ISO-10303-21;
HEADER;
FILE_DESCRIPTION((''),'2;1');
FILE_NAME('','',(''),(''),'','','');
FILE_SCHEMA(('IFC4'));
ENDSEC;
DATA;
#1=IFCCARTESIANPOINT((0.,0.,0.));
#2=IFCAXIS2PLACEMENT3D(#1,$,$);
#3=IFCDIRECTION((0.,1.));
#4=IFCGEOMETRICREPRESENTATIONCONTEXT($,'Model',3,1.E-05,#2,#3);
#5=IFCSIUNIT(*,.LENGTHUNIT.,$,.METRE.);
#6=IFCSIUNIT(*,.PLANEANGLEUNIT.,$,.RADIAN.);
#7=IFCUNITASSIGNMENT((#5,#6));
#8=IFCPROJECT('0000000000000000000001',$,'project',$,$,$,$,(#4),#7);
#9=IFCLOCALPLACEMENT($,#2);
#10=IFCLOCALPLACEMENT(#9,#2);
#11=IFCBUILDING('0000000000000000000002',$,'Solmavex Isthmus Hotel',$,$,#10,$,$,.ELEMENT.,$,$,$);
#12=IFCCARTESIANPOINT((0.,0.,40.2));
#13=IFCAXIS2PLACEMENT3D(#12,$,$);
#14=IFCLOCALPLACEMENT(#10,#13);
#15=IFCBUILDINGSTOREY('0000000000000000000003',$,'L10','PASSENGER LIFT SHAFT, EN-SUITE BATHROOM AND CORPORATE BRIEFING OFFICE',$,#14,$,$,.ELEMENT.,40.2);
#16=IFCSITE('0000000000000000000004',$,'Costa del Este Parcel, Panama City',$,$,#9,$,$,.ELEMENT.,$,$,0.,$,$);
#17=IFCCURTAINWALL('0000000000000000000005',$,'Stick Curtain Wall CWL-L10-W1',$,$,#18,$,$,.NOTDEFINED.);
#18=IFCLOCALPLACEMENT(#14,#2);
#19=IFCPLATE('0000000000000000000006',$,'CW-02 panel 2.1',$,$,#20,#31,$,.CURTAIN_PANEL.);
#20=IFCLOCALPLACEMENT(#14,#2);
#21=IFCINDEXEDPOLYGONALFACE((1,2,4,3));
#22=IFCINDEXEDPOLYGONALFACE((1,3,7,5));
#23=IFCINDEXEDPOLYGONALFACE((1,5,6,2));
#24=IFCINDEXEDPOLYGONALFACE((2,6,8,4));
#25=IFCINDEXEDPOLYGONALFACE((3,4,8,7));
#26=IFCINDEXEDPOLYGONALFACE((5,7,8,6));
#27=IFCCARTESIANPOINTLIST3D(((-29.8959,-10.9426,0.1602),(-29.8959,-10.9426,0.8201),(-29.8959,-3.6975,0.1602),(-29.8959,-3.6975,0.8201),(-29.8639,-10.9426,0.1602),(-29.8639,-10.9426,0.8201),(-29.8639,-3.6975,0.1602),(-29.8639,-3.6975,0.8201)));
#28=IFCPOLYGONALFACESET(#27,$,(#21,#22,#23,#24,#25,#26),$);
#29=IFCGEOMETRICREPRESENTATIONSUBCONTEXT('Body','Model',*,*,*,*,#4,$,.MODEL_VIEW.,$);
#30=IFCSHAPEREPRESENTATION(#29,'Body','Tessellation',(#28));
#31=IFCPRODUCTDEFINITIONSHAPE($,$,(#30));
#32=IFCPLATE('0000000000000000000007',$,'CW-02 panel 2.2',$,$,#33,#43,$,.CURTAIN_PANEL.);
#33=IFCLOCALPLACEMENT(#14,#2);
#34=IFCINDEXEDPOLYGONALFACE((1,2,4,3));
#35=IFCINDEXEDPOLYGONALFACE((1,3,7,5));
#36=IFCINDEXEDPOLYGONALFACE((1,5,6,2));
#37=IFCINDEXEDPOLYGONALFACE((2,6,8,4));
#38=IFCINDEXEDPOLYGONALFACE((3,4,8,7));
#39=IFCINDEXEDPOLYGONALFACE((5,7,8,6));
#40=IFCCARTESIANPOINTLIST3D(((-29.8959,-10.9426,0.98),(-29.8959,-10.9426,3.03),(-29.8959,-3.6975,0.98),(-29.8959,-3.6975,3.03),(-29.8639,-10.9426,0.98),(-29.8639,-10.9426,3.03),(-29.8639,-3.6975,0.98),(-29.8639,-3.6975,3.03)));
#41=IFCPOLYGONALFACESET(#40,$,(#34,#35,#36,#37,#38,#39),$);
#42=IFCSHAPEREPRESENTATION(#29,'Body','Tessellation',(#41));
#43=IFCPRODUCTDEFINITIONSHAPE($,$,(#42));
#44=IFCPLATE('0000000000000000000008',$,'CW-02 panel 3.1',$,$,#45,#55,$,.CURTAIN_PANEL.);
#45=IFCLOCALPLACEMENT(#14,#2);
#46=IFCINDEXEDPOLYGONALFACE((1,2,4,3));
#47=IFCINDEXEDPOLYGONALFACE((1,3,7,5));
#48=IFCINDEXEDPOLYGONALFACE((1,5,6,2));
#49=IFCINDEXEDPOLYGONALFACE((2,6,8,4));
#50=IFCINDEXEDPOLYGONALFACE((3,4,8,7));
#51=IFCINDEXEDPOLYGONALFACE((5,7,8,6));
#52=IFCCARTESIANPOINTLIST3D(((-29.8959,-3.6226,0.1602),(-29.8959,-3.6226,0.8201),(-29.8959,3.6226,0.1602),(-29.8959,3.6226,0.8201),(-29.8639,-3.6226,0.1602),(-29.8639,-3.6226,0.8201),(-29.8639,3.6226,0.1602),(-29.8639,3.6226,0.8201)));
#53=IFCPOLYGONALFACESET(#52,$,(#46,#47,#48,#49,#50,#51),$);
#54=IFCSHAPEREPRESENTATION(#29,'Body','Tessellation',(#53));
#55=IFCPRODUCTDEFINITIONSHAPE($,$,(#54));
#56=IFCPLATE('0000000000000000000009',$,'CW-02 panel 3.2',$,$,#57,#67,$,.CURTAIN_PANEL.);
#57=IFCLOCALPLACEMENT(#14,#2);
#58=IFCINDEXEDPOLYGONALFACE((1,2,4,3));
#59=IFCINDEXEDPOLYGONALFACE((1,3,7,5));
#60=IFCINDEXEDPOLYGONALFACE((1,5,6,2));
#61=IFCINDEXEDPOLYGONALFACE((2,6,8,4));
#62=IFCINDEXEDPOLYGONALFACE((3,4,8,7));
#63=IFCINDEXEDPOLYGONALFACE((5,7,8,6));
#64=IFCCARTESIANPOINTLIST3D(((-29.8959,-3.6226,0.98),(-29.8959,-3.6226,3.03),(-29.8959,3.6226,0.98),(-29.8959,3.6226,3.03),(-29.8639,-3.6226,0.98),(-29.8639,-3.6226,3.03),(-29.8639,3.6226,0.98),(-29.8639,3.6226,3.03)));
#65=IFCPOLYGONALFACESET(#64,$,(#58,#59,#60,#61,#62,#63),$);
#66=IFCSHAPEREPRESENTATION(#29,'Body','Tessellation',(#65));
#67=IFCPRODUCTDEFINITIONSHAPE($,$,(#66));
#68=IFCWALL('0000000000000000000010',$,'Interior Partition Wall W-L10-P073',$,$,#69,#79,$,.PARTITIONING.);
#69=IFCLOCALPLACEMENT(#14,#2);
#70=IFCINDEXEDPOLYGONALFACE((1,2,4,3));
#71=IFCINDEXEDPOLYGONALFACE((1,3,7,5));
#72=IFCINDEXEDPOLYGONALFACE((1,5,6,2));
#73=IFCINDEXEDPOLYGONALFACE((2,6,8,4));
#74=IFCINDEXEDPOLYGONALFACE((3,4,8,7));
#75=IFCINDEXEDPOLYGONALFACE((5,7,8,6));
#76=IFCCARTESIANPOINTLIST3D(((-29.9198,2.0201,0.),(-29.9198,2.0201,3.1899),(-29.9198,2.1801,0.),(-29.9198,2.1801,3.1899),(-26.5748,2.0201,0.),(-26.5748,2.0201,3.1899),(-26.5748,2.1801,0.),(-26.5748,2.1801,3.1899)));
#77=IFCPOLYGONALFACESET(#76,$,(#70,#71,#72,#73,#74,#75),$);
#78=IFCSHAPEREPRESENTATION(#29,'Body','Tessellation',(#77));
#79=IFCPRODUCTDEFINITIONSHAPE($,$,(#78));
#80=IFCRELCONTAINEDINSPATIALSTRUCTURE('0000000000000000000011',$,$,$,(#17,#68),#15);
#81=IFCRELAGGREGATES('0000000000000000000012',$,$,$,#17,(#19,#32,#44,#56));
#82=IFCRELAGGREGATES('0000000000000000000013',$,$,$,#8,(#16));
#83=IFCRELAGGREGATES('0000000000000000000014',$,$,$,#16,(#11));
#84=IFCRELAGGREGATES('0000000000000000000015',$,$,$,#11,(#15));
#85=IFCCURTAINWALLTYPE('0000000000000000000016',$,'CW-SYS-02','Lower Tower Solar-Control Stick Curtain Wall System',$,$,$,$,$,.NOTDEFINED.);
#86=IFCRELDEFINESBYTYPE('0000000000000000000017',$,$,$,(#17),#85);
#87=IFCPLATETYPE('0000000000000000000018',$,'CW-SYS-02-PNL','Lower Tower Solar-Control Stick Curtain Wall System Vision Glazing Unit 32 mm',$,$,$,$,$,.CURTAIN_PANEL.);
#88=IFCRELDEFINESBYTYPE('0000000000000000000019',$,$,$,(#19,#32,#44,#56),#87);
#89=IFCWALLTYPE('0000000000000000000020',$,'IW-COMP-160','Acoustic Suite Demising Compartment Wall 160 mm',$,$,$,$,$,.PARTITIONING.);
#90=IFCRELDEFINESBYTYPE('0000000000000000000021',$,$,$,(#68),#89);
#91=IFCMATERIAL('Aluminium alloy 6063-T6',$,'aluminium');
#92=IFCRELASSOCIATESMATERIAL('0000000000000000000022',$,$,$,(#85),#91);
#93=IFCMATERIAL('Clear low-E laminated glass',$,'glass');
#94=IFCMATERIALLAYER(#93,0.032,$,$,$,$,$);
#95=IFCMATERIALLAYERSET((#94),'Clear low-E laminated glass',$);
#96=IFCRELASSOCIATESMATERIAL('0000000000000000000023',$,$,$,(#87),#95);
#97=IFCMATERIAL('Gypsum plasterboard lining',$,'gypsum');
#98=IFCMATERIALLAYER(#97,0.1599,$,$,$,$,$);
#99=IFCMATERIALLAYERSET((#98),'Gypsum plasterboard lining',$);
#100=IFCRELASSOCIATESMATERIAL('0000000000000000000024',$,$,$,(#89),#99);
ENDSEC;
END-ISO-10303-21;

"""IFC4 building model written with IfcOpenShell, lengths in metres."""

from ifc_helpers import new_model, si_unit, direction, frame, frame_2d, origin, origin_2d, place, context, subcontext, project, spatial, rectangle, extrude, material, layer, layer_set, type_object, element, aggregate, save


model = new_model("IFC4")

# Units and contexts
model_context = context("Model", 3, precision=1e-05, world=origin(), true_north=direction((0.0, 1.0)))
body_context = subcontext(model_context, "Body", "Model", "MODEL_VIEW")
ifc_project = project(units=[si_unit("LENGTHUNIT", "METRE"), si_unit("PLANEANGLEUNIT", "RADIAN")], contexts=[model_context])

# Site, building, storey
site_placement = place(None, origin())
site = spatial("IfcSite", under=ifc_project, at=site_placement, Name="Costa del Este Parcel, Panama City", CompositionType="ELEMENT", RefElevation=0.0)
building_placement = place(site_placement, origin())
building = spatial("IfcBuilding", under=site, at=building_placement, Name="Solmavex Isthmus Hotel", CompositionType="ELEMENT")
storey_placement = place(building_placement, frame((0.0, 0.0, 40.2)))
storey = spatial("IfcBuildingStorey", under=building, at=storey_placement, Name="L10", Description="PASSENGER LIFT SHAFT, EN-SUITE BATHROOM AND CORPORATE BRIEFING OFFICE", CompositionType="ELEMENT", Elevation=40.2)

# Curtain wall, plates
ifc_material_1 = material(Name="Aluminium alloy 6063-T6", Category="aluminium")
curtain_wall_type = type_object("IfcCurtainWallType", Name="CW-SYS-02", Description="Lower Tower Solar-Control Stick Curtain Wall System", PredefinedType="NOTDEFINED", material=ifc_material_1)
curtain_wall_placement = place(storey_placement, origin())
curtain_wall = element("IfcCurtainWall", 1, at=curtain_wall_placement, inside=storey, type_object=curtain_wall_type, Name="Stick Curtain Wall CWL-L10-W1", PredefinedType="NOTDEFINED")
ifc_material_2 = material(Name="Clear low-E laminated glass", Category="glass")
ifc_layer_1 = layer(ifc_material_2, 0.032)
ifc_layer_set_1 = layer_set([ifc_layer_1], Name="Clear low-E laminated glass")
plate_type = type_object("IfcPlateType", Name="CW-SYS-02-PNL", Description="Lower Tower Solar-Control Stick Curtain Wall System Vision Glazing Unit 32 mm", PredefinedType="CURTAIN_PANEL", material=ifc_layer_set_1)
plate_1_placement = place(storey_placement, frame((-29.8799, -7.3201, 0.1602), z_axis=(0.0, 0.0, 1.0), x_axis=(0.0, 1.0, 0.0)))
plate_1 = element("IfcPlate", 2, at=plate_1_placement, type_object=plate_type, Name="CW-02 panel 2.1", PredefinedType="CURTAIN_PANEL", context=body_context, shape_type="SweptSolid", body=[
    extrude(rectangle(XDim=7.2451, YDim=0.032, at=origin_2d()), origin(), (0.0, 0.0, 1.0), 0.6599),
])
plate_2_placement = place(storey_placement, frame((-29.8799, -7.3201, 0.98), z_axis=(0.0, 0.0, 1.0), x_axis=(0.0, 1.0, 0.0)))
plate_2 = element("IfcPlate", 3, at=plate_2_placement, type_object=plate_type, Name="CW-02 panel 2.2", PredefinedType="CURTAIN_PANEL", context=body_context, shape_type="SweptSolid", body=[
    extrude(rectangle(XDim=7.2451, YDim=0.032, at=origin_2d()), origin(), (0.0, 0.0, 1.0), 2.05),
])
plate_3_placement = place(storey_placement, frame((-29.8799, 0.0, 0.1602), z_axis=(0.0, 0.0, 1.0), x_axis=(0.0, 1.0, 0.0)))
plate_3 = element("IfcPlate", 4, at=plate_3_placement, type_object=plate_type, Name="CW-02 panel 3.1", PredefinedType="CURTAIN_PANEL", context=body_context, shape_type="SweptSolid", body=[
    extrude(rectangle(XDim=7.2451, YDim=0.032, at=origin_2d()), origin(), (0.0, 0.0, 1.0), 0.6599),
])
plate_4_placement = place(storey_placement, frame((-29.8799, 0.0, 0.98), z_axis=(0.0, 0.0, 1.0), x_axis=(0.0, 1.0, 0.0)))
plate_4 = element("IfcPlate", 5, at=plate_4_placement, type_object=plate_type, Name="CW-02 panel 3.2", PredefinedType="CURTAIN_PANEL", context=body_context, shape_type="SweptSolid", body=[
    extrude(rectangle(XDim=7.2451, YDim=0.032, at=origin_2d()), origin(), (0.0, 0.0, 1.0), 2.05),
])
aggregate(curtain_wall, [plate_1, plate_2, plate_3, plate_4])

# Wall
ifc_material_3 = material(Name="Gypsum plasterboard lining", Category="gypsum")
ifc_layer_2 = layer(ifc_material_3, 0.1599)
ifc_layer_set_2 = layer_set([ifc_layer_2], Name="Gypsum plasterboard lining")
wall_type = type_object("IfcWallType", Name="IW-COMP-160", Description="Acoustic Suite Demising Compartment Wall 160 mm", PredefinedType="PARTITIONING", material=ifc_layer_set_2)
wall_placement = place(storey_placement, frame((-26.575, 2.1001, 0.0), z_axis=(0.0, 0.0, 1.0), x_axis=(-1.0, 0.0, 0.0)))
element("IfcWall", 6, at=wall_placement, inside=storey, type_object=wall_type, Name="Interior Partition Wall W-L10-P073", PredefinedType="PARTITIONING", context=body_context, shape_type="SweptSolid", body=[
    extrude(rectangle(XDim=3.345, YDim=0.1599, at=frame_2d((1.6724, 0.0))), origin(), (0.0, 0.0, 1.0), 3.1899),
])

save(model, "model.ifc")
